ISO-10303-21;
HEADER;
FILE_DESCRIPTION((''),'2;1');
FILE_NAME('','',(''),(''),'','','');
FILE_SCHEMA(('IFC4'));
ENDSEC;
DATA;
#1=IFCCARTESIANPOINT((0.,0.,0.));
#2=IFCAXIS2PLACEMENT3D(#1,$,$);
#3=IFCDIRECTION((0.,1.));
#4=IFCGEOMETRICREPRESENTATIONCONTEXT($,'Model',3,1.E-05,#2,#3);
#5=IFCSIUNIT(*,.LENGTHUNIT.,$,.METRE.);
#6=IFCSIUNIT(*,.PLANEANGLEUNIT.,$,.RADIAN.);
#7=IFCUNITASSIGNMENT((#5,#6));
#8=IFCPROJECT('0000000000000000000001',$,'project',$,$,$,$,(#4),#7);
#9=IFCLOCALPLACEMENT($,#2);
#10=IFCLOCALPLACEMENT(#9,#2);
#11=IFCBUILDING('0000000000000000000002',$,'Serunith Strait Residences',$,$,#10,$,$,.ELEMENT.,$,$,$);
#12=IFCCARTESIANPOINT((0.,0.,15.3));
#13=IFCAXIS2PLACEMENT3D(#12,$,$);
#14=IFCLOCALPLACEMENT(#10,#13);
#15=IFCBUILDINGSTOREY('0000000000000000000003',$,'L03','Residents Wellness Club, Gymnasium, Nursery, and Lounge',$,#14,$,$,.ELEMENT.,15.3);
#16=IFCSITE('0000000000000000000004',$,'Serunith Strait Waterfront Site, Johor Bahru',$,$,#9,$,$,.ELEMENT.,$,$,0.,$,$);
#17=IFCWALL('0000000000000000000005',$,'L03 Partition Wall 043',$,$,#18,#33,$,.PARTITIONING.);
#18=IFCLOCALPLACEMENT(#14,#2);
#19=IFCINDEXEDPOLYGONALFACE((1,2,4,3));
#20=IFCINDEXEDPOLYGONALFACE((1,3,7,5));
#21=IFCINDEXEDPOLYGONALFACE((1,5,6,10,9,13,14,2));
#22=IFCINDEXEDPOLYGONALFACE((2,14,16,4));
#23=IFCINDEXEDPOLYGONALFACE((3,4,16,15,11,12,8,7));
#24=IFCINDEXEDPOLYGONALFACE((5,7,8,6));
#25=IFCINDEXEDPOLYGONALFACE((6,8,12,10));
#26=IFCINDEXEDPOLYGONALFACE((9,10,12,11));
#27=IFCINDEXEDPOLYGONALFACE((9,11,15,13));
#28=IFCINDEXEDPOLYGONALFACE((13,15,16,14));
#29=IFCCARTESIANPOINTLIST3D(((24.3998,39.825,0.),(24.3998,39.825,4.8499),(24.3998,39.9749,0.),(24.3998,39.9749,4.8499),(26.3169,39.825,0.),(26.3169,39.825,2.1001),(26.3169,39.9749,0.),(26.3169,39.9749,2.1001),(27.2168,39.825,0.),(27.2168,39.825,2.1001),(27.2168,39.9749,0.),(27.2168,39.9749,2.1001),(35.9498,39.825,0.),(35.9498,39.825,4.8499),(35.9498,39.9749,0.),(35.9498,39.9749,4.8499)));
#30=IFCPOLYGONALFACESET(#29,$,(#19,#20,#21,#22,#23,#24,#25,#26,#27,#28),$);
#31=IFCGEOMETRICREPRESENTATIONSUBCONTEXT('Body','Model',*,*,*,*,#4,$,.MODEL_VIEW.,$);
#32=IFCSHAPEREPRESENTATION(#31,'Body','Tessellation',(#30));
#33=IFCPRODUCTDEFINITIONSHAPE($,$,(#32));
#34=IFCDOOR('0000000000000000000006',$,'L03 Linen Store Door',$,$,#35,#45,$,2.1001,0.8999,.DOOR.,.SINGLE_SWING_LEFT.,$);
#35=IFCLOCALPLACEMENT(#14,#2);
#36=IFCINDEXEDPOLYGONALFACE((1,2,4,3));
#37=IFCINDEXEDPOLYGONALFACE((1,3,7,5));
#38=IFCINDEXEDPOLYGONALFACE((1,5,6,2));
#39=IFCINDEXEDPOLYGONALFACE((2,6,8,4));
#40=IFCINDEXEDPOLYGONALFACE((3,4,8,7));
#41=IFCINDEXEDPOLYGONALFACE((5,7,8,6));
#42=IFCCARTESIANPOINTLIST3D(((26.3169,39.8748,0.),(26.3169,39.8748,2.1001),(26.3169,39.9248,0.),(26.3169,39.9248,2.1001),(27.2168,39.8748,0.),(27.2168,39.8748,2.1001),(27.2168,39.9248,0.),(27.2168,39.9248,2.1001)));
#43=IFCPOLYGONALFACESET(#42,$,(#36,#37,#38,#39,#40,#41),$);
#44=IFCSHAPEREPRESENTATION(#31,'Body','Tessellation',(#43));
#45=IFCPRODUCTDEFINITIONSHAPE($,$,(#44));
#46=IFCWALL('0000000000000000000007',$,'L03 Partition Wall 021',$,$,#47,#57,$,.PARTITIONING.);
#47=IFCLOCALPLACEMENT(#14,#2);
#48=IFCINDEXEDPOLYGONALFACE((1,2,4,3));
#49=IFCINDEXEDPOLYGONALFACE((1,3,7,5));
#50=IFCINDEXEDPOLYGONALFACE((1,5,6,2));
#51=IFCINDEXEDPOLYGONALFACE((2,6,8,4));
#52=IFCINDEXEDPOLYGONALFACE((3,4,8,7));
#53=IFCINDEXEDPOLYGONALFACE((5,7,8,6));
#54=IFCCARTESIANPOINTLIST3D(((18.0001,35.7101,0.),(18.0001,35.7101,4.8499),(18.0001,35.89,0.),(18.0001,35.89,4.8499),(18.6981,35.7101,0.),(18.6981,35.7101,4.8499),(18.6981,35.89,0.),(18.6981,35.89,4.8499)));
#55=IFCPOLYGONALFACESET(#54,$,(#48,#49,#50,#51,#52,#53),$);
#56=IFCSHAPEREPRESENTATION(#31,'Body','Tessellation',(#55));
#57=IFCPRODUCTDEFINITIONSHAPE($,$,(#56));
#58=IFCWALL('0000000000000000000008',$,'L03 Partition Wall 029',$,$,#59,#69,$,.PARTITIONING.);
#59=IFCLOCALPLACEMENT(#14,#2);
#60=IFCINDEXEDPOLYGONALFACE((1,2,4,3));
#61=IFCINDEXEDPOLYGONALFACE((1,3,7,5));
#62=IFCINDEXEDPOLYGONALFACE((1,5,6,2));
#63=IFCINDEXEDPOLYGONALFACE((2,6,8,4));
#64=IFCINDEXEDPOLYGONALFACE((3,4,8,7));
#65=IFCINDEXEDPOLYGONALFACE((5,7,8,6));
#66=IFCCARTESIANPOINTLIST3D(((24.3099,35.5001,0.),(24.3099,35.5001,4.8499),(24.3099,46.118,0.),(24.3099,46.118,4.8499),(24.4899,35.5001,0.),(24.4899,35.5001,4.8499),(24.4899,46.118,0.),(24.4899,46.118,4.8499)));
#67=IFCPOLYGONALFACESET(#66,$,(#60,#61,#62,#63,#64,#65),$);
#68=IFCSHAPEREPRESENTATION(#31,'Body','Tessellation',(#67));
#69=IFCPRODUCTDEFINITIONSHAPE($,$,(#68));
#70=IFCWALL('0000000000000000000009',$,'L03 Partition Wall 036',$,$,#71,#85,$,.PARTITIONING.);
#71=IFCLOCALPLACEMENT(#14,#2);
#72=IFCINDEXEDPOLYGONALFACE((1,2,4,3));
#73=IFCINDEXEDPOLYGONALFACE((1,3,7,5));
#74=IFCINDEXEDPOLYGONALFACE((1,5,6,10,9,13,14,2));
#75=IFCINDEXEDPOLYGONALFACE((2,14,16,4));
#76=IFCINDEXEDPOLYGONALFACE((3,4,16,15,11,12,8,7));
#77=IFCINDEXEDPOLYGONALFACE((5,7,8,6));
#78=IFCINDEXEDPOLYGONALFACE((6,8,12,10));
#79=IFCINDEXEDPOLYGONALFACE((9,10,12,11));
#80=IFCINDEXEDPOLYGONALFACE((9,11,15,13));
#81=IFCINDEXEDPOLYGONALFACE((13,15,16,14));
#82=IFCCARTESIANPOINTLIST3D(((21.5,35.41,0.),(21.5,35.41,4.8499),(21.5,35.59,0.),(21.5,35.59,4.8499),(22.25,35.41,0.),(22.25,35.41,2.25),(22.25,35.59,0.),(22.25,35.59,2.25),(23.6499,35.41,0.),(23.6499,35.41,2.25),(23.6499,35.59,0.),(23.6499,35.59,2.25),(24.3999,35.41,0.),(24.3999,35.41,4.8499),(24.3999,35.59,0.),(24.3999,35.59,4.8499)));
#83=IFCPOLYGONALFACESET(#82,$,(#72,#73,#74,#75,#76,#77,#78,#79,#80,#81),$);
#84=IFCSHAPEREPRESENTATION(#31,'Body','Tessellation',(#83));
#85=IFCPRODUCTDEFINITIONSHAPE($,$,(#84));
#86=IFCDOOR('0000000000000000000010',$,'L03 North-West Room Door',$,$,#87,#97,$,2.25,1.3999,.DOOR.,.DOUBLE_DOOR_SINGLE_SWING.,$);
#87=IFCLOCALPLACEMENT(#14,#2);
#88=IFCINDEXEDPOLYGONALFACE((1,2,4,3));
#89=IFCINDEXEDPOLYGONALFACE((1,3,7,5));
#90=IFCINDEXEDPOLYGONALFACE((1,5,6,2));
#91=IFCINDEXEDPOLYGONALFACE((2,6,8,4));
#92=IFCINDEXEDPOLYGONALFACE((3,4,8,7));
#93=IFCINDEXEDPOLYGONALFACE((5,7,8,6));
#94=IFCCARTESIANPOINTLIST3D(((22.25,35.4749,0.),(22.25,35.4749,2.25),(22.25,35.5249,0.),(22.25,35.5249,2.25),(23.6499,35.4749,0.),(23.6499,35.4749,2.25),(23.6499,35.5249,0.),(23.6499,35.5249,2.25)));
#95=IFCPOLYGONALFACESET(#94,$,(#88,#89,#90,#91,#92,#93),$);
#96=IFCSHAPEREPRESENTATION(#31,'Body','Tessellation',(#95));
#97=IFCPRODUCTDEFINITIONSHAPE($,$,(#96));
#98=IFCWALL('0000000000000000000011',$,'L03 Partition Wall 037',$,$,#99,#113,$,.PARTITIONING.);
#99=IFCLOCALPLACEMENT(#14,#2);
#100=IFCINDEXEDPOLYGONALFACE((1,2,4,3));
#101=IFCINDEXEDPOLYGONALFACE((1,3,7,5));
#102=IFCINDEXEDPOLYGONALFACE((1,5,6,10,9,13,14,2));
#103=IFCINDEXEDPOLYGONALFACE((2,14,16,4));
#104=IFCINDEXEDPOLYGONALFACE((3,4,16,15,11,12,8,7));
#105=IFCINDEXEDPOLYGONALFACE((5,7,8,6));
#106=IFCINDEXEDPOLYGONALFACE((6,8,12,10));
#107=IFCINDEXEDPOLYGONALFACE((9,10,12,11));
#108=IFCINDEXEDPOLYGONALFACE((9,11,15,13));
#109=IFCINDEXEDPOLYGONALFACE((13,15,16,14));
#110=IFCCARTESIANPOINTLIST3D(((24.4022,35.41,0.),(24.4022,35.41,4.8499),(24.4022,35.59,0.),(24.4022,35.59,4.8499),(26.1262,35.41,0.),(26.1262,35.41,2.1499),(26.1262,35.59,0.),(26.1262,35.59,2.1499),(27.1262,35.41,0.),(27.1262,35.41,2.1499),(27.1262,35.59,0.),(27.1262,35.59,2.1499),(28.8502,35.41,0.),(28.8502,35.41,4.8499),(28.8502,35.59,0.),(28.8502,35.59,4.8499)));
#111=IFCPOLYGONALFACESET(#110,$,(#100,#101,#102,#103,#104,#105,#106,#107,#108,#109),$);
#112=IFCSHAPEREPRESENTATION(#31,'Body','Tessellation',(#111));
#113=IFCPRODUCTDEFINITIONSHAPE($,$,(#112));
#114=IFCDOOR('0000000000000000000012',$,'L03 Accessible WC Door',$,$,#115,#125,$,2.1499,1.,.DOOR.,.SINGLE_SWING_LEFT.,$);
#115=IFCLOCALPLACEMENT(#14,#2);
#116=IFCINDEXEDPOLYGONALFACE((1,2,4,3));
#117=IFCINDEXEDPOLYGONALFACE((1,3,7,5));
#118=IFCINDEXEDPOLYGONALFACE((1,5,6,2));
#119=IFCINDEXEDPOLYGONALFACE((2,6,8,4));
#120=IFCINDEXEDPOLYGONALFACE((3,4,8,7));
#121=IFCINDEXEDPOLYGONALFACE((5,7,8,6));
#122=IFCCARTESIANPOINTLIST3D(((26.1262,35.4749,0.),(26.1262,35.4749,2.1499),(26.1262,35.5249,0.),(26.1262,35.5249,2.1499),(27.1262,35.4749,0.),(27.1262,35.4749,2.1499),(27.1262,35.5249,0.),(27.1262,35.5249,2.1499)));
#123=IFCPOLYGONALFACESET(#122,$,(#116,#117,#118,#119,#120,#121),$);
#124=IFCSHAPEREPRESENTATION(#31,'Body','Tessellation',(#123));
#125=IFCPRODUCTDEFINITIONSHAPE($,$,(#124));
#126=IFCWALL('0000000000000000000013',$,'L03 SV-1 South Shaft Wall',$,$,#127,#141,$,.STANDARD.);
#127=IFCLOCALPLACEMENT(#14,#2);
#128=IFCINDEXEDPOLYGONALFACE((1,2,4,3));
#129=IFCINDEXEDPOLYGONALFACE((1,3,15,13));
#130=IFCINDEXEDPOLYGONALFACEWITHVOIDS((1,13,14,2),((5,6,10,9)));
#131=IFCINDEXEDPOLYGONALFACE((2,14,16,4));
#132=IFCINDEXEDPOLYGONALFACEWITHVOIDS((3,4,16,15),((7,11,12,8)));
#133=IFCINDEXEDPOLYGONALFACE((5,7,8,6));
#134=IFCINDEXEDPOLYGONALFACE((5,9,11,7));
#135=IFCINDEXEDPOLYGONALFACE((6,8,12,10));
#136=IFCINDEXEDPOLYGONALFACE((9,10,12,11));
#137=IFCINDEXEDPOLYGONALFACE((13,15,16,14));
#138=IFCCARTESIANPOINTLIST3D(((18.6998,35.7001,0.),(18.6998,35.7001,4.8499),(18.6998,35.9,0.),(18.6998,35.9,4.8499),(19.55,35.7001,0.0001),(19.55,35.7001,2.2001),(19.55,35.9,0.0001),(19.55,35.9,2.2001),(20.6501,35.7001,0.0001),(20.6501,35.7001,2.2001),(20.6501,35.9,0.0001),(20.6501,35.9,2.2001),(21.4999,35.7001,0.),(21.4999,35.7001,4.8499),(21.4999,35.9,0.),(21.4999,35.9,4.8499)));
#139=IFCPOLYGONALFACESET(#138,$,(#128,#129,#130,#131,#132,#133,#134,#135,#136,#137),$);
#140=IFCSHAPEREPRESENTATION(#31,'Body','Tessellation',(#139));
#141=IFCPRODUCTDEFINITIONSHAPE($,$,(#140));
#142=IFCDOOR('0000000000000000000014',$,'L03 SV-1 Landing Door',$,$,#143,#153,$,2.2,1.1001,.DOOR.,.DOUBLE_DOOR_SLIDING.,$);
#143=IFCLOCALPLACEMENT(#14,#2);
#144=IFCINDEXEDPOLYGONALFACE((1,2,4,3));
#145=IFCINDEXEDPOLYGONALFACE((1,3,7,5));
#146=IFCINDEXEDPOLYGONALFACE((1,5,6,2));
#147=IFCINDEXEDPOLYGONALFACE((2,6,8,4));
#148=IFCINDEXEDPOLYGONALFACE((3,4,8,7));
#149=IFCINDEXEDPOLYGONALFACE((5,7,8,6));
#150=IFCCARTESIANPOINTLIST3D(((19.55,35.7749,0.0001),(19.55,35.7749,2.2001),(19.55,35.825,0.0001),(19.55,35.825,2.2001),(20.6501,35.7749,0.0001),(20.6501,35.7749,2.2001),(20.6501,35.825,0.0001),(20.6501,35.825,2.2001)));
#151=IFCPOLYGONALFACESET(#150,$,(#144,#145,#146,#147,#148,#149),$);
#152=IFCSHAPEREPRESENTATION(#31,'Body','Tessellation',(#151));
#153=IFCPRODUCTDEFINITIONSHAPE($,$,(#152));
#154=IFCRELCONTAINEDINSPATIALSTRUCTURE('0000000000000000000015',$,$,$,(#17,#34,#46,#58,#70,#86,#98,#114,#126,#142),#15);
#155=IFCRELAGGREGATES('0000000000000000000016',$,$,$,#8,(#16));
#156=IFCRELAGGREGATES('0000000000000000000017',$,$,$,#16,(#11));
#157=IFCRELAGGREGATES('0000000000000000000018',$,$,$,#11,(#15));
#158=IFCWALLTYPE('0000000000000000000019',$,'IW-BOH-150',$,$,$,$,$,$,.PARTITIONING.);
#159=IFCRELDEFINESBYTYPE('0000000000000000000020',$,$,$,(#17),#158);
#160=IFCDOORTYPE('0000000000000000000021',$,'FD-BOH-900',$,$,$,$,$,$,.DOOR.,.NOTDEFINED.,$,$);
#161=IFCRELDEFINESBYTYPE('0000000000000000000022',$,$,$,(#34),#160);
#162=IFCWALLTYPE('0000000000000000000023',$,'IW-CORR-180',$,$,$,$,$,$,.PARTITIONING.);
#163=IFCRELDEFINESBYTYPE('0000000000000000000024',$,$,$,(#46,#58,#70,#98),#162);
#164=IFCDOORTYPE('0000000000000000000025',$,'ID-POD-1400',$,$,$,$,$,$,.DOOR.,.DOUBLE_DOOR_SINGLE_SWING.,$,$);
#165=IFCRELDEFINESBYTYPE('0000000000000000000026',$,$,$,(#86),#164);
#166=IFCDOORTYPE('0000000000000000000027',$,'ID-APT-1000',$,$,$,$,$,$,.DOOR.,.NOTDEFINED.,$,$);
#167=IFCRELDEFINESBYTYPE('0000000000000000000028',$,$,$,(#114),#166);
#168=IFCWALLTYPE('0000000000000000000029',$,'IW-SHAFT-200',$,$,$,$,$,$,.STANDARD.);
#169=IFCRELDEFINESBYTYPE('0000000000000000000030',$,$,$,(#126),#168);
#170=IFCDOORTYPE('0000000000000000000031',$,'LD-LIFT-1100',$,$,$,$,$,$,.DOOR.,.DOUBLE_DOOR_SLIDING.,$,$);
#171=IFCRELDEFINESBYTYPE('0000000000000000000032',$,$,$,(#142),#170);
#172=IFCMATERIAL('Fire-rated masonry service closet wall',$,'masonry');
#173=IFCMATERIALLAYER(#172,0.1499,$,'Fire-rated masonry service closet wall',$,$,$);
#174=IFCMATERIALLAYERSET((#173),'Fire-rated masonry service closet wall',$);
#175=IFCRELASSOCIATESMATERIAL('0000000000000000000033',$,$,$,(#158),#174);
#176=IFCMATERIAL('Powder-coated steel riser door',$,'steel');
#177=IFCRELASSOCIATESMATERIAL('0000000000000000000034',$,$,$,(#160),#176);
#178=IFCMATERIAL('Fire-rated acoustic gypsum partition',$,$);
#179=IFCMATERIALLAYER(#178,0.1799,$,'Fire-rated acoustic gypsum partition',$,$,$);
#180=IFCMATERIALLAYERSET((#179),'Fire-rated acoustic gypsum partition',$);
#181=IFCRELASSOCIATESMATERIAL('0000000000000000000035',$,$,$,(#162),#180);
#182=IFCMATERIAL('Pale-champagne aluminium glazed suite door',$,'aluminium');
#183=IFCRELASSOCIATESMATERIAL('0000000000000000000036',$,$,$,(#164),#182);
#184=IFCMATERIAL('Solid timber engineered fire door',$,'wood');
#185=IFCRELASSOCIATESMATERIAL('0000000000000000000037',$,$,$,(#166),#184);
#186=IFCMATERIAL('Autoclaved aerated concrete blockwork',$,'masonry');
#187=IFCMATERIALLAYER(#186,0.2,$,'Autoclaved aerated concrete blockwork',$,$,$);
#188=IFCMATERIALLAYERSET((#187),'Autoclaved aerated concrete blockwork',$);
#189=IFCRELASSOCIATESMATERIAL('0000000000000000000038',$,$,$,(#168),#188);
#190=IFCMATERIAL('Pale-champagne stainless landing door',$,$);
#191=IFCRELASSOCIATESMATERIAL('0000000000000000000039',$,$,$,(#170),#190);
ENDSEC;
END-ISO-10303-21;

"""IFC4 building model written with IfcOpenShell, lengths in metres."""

from ifc_helpers import new_model, si_unit, direction, frame, frame_2d, origin, place, context, subcontext, project, spatial, rectangle, extrude, source, transform, mapped, material, layer, layer_set, type_object, element, fill, save


model = new_model("IFC4")

# Units and contexts
model_context = context("Model", 3, precision=1e-05, world=origin(), true_north=direction((0.0, 1.0)))
body_context = subcontext(model_context, "Body", "Model", "MODEL_VIEW")
ifc_project = project(units=[si_unit("LENGTHUNIT", "METRE"), si_unit("PLANEANGLEUNIT", "RADIAN")], contexts=[model_context])

# Site, building, storey
site_placement = place(None, origin())
site = spatial("IfcSite", under=ifc_project, at=site_placement, Name="Serunith Strait Waterfront Site, Johor Bahru", CompositionType="ELEMENT", RefElevation=0.0)
building_placement = place(site_placement, origin())
building = spatial("IfcBuilding", under=site, at=building_placement, Name="Serunith Strait Residences", CompositionType="ELEMENT")
storey_placement = place(building_placement, frame((0.0, 0.0, 15.3)))
storey = spatial("IfcBuildingStorey", under=building, at=storey_placement, Name="L03", Description="Residents Wellness Club, Gymnasium, Nursery, and Lounge", CompositionType="ELEMENT", Elevation=15.3)

# Wall, opening, door
ifc_material_1 = material(Name="Fire-rated masonry service closet wall", Category="masonry")
ifc_layer_1 = layer(ifc_material_1, 0.1499, Name="Fire-rated masonry service closet wall")
ifc_layer_set_1 = layer_set([ifc_layer_1], Name="Fire-rated masonry service closet wall")
wall_type_1 = type_object("IfcWallType", Name="IW-BOH-150", PredefinedType="PARTITIONING", material=ifc_layer_set_1)
wall_1_placement = place(storey_placement, frame((24.3999, 39.8999, 0.0), z_axis=(0.0, 0.0, 1.0), x_axis=(1.0, 0.0, 0.0)))
wall_1 = element("IfcWall", 1, at=wall_1_placement, inside=storey, type_object=wall_type_1, Name="L03 Partition Wall 043", PredefinedType="PARTITIONING", context=body_context, shape_type="SweptSolid", body=[
    extrude(rectangle(XDim=11.55, YDim=0.1499, at=frame_2d((5.7749, 0.0))), origin(), (0.0, 0.0, 1.0), 4.8499),
])
opening_1_placement = place(wall_1_placement, frame((1.917, 0.0, 0.0)))
opening_1 = element("IfcOpeningElement", 2, at=opening_1_placement, cuts=wall_1, PredefinedType="OPENING", context=body_context, shape_type="SweptSolid", body=[
    extrude(rectangle(XDim=0.8999, YDim=2.1001, at=frame_2d((0.45, 1.05))), frame((0.0, 0.085, 0.0), z_axis=(0.0, -1.0, 0.0), x_axis=(1.0, 0.0, 0.0)), (0.0, 0.0, 1.0), 0.1699),
])
ifc_material_2 = material(Name="Powder-coated steel riser door", Category="steel")
door_type_1 = type_object("IfcDoorType", Name="FD-BOH-900", OperationType="NOTDEFINED", PredefinedType="DOOR", material=ifc_material_2)
shared_shape_1 = source(origin(), body_context, "Body", "SweptSolid", [
    extrude(rectangle(XDim=0.8999, YDim=2.1001, at=frame_2d((0.45, 1.05))), frame((0.0, 0.0249, 0.0), z_axis=(0.0, -1.0, 0.0), x_axis=(1.0, 0.0, 0.0)), (0.0, 0.0, 1.0), 0.05),
])
door_1_placement = place(opening_1_placement, origin())
door_1 = element("IfcDoor", 3, at=door_1_placement, inside=storey, type_object=door_type_1, Name="L03 Linen Store Door", OperationType="SINGLE_SWING_LEFT", OverallHeight=2.1001, OverallWidth=0.8999, PredefinedType="DOOR", context=body_context, shape_type="MappedRepresentation", body=[
    mapped(shared_shape_1, transform((0.0, 0.0, 0.0), scale=1.0)),
])
fill(opening_1, door_1)

# Walls
ifc_material_3 = material(Name="Fire-rated acoustic gypsum partition")
ifc_layer_2 = layer(ifc_material_3, 0.1799, Name="Fire-rated acoustic gypsum partition")
ifc_layer_set_2 = layer_set([ifc_layer_2], Name="Fire-rated acoustic gypsum partition")
wall_type_2 = type_object("IfcWallType", Name="IW-CORR-180", PredefinedType="PARTITIONING", material=ifc_layer_set_2)
wall_2_placement = place(storey_placement, frame((18.0, 35.8, 0.0), z_axis=(0.0, 0.0, 1.0), x_axis=(1.0, 0.0, 0.0)))
element("IfcWall", 4, at=wall_2_placement, inside=storey, type_object=wall_type_2, Name="L03 Partition Wall 021", PredefinedType="PARTITIONING", context=body_context, shape_type="SweptSolid", body=[
    extrude(rectangle(XDim=0.698, YDim=0.1799, at=frame_2d((0.3491, 0.0))), origin(), (0.0, 0.0, 1.0), 4.8499),
])
wall_3_placement = place(storey_placement, frame((24.3999, 35.5, 0.0), z_axis=(0.0, 0.0, 1.0), x_axis=(0.0, 1.0, 0.0)))
element("IfcWall", 5, at=wall_3_placement, inside=storey, type_object=wall_type_2, Name="L03 Partition Wall 029", PredefinedType="PARTITIONING", context=body_context, shape_type="SweptSolid", body=[
    extrude(rectangle(XDim=10.6179, YDim=0.1799, at=frame_2d((5.3091, 0.0))), origin(), (0.0, 0.0, 1.0), 4.8499),
])

# Walls, openings, doors
wall_4_placement = place(storey_placement, frame((21.5, 35.5, 0.0), z_axis=(0.0, 0.0, 1.0), x_axis=(1.0, 0.0, 0.0)))
wall_4 = element("IfcWall", 6, at=wall_4_placement, inside=storey, type_object=wall_type_2, Name="L03 Partition Wall 036", PredefinedType="PARTITIONING", context=body_context, shape_type="SweptSolid", body=[
    extrude(rectangle(XDim=2.8999, YDim=0.1799, at=frame_2d((1.45, 0.0))), origin(), (0.0, 0.0, 1.0), 4.8499),
])
opening_2_placement = place(wall_4_placement, frame((0.75, 0.0, 0.0)))
opening_2 = element("IfcOpeningElement", 7, at=opening_2_placement, cuts=wall_4, PredefinedType="OPENING", context=body_context, shape_type="SweptSolid", body=[
    extrude(rectangle(XDim=1.3999, YDim=2.25, at=frame_2d((0.7, 1.125))), frame((0.0, 0.1001, 0.0), z_axis=(0.0, -1.0, 0.0), x_axis=(1.0, 0.0, 0.0)), (0.0, 0.0, 1.0), 0.2),
])
ifc_material_4 = material(Name="Pale-champagne aluminium glazed suite door", Category="aluminium")
door_type_2 = type_object("IfcDoorType", Name="ID-POD-1400", OperationType="DOUBLE_DOOR_SINGLE_SWING", PredefinedType="DOOR", material=ifc_material_4)
shared_shape_2 = source(origin(), body_context, "Body", "SweptSolid", [
    extrude(rectangle(XDim=1.3999, YDim=2.25, at=frame_2d((0.7, 1.125))), frame((0.0, 0.0249, 0.0), z_axis=(0.0, -1.0, 0.0), x_axis=(1.0, 0.0, 0.0)), (0.0, 0.0, 1.0), 0.05),
])
door_2_placement = place(opening_2_placement, origin())
door_2 = element("IfcDoor", 8, at=door_2_placement, inside=storey, type_object=door_type_2, Name="L03 North-West Room Door", OperationType="DOUBLE_DOOR_SINGLE_SWING", OverallHeight=2.25, OverallWidth=1.3999, PredefinedType="DOOR", context=body_context, shape_type="MappedRepresentation", body=[
    mapped(shared_shape_2, transform((0.0, 0.0, 0.0), scale=1.0)),
])
fill(opening_2, door_2)
wall_5_placement = place(storey_placement, frame((24.4021, 35.5, 0.0), z_axis=(0.0, 0.0, 1.0), x_axis=(1.0, 0.0, 0.0)))
wall_5 = element("IfcWall", 9, at=wall_5_placement, inside=storey, type_object=wall_type_2, Name="L03 Partition Wall 037", PredefinedType="PARTITIONING", context=body_context, shape_type="SweptSolid", body=[
    extrude(rectangle(XDim=4.448, YDim=0.1799, at=frame_2d((2.2241, 0.0))), origin(), (0.0, 0.0, 1.0), 4.8499),
])
opening_3_placement = place(wall_5_placement, frame((1.7241, 0.0, 0.0)))
opening_3 = element("IfcOpeningElement", 10, at=opening_3_placement, cuts=wall_5, PredefinedType="OPENING", context=body_context, shape_type="SweptSolid", body=[
    extrude(rectangle(XDim=1.0, YDim=2.1499, at=frame_2d((0.5, 1.075))), frame((0.0, 0.1001, 0.0), z_axis=(0.0, -1.0, 0.0), x_axis=(1.0, 0.0, 0.0)), (0.0, 0.0, 1.0), 0.2),
])
ifc_material_5 = material(Name="Solid timber engineered fire door", Category="wood")
door_type_3 = type_object("IfcDoorType", Name="ID-APT-1000", OperationType="NOTDEFINED", PredefinedType="DOOR", material=ifc_material_5)
shared_shape_3 = source(origin(), body_context, "Body", "SweptSolid", [
    extrude(rectangle(XDim=1.0, YDim=2.1499, at=frame_2d((0.5, 1.075))), frame((0.0, 0.0249, 0.0), z_axis=(0.0, -1.0, 0.0), x_axis=(1.0, 0.0, 0.0)), (0.0, 0.0, 1.0), 0.05),
])
door_3_placement = place(opening_3_placement, origin())
door_3 = element("IfcDoor", 11, at=door_3_placement, inside=storey, type_object=door_type_3, Name="L03 Accessible WC Door", OperationType="SINGLE_SWING_LEFT", OverallHeight=2.1499, OverallWidth=1.0, PredefinedType="DOOR", context=body_context, shape_type="MappedRepresentation", body=[
    mapped(shared_shape_3, transform((0.0, 0.0, 0.0), scale=1.0)),
])
fill(opening_3, door_3)
ifc_material_6 = material(Name="Autoclaved aerated concrete blockwork", Category="masonry")
ifc_layer_3 = layer(ifc_material_6, 0.2, Name="Autoclaved aerated concrete blockwork")
ifc_layer_set_3 = layer_set([ifc_layer_3], Name="Autoclaved aerated concrete blockwork")
wall_type_3 = type_object("IfcWallType", Name="IW-SHAFT-200", PredefinedType="STANDARD", material=ifc_layer_set_3)
wall_6_placement = place(storey_placement, frame((18.7, 35.8, 0.0), z_axis=(0.0, 0.0, 1.0), x_axis=(1.0, 0.0, 0.0)))
wall_6 = element("IfcWall", 12, at=wall_6_placement, inside=storey, type_object=wall_type_3, Name="L03 SV-1 South Shaft Wall", PredefinedType="STANDARD", context=body_context, shape_type="SweptSolid", body=[
    extrude(rectangle(XDim=2.8, YDim=0.2, at=frame_2d((1.3999, 0.0))), origin(), (0.0, 0.0, 1.0), 4.8499),
])
opening_4_placement = place(wall_6_placement, frame((0.8501, 0.0, 0.0)))
opening_4 = element("IfcOpeningElement", 13, at=opening_4_placement, cuts=wall_6, PredefinedType="OPENING", context=body_context, shape_type="SweptSolid", body=[
    extrude(rectangle(XDim=1.1001, YDim=2.2, at=frame_2d((0.55, 1.1001))), frame((0.0, 0.1099, 0.0), z_axis=(0.0, -1.0, 0.0), x_axis=(1.0, 0.0, 0.0)), (0.0, 0.0, 1.0), 0.22),
])
ifc_material_7 = material(Name="Pale-champagne stainless landing door")
door_type_4 = type_object("IfcDoorType", Name="LD-LIFT-1100", OperationType="DOUBLE_DOOR_SLIDING", PredefinedType="DOOR", material=ifc_material_7)
shared_shape_4 = source(origin(), body_context, "Body", "SweptSolid", [
    extrude(rectangle(XDim=1.1001, YDim=2.2, at=frame_2d((0.55, 1.1001))), frame((0.0, 0.0249, 0.0), z_axis=(0.0, -1.0, 0.0), x_axis=(1.0, 0.0, 0.0)), (0.0, 0.0, 1.0), 0.05),
])
door_4_placement = place(opening_4_placement, origin())
door_4 = element("IfcDoor", 14, at=door_4_placement, inside=storey, type_object=door_type_4, Name="L03 SV-1 Landing Door", OperationType="DOUBLE_DOOR_SLIDING", OverallHeight=2.2, OverallWidth=1.1001, PredefinedType="DOOR", context=body_context, shape_type="MappedRepresentation", body=[
    mapped(shared_shape_4, transform((0.0, 0.0, 0.0), scale=1.0)),
])
fill(opening_4, door_4)

save(model, "model.ifc")
